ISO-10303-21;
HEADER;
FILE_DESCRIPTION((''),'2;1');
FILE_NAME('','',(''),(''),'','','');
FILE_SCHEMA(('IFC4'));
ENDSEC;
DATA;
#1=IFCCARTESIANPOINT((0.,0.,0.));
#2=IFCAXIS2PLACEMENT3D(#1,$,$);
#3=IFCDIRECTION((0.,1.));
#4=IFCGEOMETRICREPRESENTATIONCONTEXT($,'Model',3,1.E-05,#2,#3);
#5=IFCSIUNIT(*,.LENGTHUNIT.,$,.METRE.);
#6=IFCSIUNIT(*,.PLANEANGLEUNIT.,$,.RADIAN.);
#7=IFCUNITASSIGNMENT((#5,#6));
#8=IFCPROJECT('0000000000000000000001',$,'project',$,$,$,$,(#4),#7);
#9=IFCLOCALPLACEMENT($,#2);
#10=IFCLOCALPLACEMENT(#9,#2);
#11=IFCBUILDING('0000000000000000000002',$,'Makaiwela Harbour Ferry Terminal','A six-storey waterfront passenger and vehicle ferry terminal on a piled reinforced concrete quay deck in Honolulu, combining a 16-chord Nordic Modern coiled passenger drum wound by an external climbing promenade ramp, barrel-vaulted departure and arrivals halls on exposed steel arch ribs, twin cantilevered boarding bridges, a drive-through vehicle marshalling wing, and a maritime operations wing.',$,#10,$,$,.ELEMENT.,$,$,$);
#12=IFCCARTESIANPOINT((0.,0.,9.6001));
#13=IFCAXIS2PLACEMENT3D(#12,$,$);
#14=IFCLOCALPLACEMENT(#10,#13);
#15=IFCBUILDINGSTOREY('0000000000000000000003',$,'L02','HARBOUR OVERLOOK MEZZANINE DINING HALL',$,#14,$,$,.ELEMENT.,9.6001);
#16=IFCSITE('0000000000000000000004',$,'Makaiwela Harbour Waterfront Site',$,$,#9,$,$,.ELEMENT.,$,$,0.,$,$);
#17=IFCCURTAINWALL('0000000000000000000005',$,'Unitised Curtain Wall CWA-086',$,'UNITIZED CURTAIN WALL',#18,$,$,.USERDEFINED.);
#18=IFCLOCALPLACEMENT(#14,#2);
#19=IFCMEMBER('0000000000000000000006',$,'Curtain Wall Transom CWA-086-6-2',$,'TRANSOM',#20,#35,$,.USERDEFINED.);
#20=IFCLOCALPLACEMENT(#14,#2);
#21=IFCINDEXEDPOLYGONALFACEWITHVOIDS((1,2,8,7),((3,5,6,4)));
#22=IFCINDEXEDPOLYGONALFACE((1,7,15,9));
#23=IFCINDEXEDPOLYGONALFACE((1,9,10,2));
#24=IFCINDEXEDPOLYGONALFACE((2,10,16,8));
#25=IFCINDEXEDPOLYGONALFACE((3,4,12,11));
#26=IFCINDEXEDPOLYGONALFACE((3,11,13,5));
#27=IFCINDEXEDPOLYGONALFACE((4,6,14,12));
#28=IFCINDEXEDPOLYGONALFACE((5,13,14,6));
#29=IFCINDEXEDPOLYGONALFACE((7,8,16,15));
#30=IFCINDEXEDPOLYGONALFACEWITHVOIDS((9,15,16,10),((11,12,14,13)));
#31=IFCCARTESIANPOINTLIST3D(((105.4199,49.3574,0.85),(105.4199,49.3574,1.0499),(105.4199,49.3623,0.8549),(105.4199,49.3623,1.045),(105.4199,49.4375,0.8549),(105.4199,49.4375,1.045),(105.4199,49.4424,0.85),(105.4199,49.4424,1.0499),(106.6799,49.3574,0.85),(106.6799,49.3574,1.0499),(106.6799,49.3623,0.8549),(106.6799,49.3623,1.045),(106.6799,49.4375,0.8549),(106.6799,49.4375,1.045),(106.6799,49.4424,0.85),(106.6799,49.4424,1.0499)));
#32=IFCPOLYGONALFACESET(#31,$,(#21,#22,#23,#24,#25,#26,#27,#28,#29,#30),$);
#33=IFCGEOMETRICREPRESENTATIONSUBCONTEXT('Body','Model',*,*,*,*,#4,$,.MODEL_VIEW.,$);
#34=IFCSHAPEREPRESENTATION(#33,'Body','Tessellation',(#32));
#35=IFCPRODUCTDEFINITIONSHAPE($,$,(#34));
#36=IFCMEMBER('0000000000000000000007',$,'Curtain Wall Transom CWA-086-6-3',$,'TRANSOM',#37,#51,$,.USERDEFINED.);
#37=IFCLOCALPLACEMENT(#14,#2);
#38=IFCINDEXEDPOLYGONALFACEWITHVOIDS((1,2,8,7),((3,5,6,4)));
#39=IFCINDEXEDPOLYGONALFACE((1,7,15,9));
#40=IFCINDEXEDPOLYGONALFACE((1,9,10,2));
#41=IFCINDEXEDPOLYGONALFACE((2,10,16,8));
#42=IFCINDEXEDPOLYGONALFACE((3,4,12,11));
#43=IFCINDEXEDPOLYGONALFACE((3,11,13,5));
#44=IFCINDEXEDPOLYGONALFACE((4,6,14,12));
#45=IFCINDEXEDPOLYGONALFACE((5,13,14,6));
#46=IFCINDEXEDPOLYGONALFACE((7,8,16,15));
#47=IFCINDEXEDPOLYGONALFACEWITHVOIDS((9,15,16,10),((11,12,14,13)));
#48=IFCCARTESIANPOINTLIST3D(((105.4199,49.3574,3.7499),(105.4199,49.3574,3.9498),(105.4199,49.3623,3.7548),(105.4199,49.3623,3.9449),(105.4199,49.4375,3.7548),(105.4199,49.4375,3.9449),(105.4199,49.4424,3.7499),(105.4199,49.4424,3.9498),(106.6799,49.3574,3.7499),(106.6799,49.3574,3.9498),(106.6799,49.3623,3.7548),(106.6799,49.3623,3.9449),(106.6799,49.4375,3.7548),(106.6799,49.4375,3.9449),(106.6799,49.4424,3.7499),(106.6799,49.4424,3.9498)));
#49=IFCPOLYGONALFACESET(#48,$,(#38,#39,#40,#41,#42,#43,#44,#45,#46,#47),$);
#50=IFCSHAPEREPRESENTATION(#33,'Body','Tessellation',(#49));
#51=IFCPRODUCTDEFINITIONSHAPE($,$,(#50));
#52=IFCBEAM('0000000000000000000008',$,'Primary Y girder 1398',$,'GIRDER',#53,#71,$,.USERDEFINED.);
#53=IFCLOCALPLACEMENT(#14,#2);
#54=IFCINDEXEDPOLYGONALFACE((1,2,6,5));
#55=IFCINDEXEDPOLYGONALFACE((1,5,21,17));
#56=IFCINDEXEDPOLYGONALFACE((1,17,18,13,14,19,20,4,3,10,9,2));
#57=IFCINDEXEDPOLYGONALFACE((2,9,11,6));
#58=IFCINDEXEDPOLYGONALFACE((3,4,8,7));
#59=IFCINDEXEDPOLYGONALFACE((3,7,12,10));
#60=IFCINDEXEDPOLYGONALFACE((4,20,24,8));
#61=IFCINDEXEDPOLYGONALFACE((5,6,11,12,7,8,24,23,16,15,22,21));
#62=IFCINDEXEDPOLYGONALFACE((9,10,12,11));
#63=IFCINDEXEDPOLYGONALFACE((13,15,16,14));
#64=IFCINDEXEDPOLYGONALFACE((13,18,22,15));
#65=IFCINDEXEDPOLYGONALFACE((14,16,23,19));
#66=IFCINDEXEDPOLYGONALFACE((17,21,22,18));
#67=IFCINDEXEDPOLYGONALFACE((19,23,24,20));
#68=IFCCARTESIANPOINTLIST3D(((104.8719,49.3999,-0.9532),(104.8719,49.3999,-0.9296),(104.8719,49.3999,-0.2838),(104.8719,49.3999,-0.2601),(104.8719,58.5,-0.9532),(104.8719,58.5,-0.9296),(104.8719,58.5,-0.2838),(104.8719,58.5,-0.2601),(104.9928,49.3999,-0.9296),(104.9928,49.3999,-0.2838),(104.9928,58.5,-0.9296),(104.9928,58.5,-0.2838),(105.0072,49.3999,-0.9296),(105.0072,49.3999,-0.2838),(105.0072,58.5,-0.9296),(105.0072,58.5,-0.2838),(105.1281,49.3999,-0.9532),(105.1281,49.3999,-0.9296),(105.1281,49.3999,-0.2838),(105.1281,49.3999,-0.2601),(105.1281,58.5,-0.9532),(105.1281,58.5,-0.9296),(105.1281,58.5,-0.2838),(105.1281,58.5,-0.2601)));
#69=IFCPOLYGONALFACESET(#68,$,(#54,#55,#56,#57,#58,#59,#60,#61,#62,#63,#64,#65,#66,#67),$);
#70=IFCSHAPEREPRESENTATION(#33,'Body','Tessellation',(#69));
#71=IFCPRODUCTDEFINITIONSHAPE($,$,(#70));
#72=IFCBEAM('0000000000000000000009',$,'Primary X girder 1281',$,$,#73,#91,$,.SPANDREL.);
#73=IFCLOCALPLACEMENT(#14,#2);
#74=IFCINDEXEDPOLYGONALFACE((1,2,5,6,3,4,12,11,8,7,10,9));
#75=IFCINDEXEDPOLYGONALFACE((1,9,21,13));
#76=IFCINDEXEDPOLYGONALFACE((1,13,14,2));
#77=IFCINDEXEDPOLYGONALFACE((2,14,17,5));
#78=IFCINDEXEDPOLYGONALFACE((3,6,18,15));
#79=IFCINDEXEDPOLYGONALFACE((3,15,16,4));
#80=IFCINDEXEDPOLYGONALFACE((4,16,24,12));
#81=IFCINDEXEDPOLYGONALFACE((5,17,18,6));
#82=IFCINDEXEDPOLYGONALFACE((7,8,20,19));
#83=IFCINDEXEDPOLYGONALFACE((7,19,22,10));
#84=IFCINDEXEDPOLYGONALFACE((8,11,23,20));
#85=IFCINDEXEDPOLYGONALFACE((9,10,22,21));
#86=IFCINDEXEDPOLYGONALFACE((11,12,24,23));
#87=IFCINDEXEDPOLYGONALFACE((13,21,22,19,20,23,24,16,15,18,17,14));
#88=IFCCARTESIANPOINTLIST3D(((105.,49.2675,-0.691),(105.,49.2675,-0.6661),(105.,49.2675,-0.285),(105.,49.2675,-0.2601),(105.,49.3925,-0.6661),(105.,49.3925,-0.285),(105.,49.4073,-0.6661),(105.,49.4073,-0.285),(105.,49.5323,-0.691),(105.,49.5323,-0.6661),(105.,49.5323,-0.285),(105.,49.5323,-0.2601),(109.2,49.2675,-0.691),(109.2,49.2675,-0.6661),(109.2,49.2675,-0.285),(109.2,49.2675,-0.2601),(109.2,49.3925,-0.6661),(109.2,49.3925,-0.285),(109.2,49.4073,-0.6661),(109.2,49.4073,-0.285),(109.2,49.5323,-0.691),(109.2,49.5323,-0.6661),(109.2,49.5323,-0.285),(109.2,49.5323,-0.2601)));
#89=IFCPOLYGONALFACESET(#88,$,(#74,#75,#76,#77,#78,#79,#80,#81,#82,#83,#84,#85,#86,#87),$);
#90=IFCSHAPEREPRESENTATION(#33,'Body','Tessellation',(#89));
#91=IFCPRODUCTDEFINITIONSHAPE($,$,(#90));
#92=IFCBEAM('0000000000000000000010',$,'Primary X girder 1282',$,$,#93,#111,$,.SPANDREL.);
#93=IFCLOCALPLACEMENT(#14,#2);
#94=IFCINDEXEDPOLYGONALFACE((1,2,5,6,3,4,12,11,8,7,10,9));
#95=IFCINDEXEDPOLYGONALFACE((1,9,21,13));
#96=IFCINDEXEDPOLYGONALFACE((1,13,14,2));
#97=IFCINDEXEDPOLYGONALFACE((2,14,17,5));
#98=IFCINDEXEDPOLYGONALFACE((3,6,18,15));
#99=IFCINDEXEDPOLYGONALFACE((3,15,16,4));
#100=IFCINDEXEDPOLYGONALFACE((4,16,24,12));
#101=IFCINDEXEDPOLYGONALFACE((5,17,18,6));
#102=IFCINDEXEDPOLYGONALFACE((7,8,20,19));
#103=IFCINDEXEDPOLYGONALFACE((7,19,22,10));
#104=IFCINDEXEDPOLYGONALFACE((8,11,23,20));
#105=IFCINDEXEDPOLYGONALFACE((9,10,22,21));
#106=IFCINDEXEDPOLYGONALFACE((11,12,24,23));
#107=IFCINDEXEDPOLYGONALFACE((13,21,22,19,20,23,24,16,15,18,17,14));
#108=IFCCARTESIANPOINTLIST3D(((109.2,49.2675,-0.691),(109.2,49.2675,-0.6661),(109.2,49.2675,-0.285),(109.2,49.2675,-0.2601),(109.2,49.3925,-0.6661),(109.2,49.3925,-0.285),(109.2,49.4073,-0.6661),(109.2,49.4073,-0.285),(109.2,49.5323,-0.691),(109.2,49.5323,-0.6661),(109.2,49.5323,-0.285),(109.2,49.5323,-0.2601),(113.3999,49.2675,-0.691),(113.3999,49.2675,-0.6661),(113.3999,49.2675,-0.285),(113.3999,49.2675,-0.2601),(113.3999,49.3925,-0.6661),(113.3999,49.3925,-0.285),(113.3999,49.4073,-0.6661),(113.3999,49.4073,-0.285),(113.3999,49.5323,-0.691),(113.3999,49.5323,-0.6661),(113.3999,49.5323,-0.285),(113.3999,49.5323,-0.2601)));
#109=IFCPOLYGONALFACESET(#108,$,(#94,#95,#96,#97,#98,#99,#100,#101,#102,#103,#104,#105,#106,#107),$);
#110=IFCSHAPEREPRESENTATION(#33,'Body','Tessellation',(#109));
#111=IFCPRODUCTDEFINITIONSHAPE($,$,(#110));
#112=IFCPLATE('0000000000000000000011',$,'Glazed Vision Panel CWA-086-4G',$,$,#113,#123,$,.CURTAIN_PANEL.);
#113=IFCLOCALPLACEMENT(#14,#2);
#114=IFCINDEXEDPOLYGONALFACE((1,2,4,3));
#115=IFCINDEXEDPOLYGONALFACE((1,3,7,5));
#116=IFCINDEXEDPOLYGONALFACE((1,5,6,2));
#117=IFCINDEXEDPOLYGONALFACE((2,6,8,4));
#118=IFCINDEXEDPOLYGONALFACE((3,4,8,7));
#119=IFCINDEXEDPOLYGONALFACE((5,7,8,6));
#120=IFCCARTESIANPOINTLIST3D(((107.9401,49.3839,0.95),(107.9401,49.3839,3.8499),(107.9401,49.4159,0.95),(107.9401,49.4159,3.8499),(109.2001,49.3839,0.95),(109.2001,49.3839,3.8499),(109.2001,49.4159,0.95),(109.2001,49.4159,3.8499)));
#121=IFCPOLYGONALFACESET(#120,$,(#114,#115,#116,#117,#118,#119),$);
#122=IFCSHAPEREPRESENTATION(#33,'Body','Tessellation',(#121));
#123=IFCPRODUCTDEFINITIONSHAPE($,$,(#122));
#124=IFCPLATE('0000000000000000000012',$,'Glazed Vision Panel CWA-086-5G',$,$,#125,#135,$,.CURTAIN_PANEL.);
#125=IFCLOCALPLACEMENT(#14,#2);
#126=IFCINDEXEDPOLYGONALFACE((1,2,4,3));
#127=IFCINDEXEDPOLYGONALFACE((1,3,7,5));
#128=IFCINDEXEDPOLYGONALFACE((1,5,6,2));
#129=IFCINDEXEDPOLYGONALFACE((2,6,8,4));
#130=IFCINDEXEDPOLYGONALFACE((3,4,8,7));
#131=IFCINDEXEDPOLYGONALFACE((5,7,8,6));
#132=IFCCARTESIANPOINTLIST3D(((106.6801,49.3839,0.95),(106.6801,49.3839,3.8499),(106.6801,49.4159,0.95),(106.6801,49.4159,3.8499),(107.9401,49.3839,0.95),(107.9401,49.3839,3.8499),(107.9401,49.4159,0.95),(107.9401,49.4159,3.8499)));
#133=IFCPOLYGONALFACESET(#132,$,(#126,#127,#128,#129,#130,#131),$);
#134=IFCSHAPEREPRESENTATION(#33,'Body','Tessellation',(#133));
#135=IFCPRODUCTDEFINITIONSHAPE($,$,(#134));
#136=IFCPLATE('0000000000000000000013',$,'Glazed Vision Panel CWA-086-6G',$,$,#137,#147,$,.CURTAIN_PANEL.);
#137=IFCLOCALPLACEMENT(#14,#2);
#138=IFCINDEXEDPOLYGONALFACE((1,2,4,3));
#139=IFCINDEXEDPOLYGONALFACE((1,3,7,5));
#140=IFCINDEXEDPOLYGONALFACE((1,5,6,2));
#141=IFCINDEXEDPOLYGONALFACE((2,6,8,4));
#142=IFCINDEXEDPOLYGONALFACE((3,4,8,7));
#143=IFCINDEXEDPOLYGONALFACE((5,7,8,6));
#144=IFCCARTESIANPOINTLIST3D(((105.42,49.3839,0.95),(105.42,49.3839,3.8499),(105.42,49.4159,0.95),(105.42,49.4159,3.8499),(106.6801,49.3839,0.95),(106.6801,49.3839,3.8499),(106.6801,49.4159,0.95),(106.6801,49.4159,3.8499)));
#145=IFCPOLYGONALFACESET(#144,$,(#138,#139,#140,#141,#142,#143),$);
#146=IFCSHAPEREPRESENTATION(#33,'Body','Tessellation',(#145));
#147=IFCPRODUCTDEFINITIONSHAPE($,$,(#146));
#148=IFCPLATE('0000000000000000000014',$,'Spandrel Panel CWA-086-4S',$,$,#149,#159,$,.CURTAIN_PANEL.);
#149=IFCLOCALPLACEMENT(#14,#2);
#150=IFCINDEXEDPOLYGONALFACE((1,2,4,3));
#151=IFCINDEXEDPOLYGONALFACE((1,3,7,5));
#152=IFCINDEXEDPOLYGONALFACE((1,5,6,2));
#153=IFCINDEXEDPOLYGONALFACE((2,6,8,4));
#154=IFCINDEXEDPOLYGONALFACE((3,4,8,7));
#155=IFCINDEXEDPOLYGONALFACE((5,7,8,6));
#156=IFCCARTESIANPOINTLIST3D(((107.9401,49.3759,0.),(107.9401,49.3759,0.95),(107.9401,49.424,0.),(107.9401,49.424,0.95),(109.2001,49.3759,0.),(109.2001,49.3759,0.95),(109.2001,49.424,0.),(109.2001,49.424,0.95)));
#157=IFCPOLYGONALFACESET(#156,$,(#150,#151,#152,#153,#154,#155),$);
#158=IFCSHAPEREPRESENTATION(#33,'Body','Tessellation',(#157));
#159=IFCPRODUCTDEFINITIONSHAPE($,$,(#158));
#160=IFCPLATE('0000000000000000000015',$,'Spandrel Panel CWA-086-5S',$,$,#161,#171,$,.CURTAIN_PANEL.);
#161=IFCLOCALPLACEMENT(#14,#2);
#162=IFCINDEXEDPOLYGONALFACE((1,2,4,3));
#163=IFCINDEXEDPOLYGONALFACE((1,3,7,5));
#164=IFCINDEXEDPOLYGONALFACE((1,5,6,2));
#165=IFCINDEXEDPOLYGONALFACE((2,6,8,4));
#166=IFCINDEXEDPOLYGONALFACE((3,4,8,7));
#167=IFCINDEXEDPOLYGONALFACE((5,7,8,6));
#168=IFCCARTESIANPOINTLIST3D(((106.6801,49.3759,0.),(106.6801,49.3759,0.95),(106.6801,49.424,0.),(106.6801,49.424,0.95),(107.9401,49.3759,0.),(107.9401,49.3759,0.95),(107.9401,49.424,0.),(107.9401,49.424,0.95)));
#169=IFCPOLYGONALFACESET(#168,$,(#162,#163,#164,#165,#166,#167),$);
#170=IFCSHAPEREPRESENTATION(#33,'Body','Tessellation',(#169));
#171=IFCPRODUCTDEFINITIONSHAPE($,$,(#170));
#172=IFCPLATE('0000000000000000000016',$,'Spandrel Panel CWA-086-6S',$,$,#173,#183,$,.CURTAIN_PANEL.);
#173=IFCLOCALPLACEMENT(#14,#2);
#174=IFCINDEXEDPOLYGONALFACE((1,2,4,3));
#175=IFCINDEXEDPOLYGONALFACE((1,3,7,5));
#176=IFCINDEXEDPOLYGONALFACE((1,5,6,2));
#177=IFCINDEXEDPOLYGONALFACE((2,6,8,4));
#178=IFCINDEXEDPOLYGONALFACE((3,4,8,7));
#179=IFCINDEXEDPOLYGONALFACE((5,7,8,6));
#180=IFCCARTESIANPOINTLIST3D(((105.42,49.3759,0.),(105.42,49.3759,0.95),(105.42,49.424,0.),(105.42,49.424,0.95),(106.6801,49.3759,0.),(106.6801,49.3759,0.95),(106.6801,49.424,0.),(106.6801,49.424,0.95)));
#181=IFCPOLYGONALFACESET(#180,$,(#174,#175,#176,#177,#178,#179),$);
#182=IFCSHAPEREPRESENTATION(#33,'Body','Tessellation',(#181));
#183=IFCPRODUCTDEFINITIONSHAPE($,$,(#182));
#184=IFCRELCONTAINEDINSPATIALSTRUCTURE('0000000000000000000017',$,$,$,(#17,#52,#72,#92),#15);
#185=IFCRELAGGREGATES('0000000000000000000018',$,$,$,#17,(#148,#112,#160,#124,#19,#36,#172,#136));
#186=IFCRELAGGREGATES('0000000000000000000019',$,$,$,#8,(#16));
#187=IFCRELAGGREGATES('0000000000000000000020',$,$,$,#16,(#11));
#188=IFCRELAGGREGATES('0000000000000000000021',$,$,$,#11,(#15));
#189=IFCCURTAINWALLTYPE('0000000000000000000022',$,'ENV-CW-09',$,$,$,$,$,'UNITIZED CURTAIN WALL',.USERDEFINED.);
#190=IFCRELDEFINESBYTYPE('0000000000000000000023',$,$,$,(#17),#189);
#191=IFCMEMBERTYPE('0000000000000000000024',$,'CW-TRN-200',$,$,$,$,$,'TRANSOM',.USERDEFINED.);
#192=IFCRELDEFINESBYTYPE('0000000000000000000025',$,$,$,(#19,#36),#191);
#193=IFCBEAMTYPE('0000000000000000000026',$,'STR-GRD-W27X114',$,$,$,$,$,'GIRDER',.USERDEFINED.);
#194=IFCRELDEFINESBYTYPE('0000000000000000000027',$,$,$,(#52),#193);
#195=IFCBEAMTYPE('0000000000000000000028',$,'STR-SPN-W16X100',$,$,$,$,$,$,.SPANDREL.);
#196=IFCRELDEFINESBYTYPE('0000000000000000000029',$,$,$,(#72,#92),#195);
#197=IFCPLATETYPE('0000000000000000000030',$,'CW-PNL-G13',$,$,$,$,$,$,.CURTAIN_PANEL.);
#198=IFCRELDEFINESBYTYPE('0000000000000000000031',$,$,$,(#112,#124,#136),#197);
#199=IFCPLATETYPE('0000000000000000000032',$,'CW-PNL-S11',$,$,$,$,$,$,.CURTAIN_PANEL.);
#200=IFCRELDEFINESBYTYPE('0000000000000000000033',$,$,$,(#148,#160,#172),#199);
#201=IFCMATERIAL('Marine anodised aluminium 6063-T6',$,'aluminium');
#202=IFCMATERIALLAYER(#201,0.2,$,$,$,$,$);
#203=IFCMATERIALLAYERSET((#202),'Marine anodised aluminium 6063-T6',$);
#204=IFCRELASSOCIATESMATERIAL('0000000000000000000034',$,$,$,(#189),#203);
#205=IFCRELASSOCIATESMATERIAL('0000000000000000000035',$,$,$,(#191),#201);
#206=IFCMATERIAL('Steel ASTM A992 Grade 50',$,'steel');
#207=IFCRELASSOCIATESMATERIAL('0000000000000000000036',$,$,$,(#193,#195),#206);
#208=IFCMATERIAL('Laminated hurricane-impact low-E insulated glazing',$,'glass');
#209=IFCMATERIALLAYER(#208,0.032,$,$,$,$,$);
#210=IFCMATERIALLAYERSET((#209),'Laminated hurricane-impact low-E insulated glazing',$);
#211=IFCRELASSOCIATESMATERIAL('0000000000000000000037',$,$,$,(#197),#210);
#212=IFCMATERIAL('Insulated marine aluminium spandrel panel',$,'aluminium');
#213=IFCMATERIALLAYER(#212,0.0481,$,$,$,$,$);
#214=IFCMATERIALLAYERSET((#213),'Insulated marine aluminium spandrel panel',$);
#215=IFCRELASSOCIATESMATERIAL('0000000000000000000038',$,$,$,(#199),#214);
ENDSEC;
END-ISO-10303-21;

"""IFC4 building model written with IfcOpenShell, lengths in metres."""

from ifc_helpers import new_model, si_unit, direction, frame, origin, origin_2d, place, context, subcontext, project, spatial, rectangle, hollow_rectangle, i_section, extrude, material, layer, layer_set, material_profile, profile_set, type_object, element, aggregate, save


model = new_model("IFC4")

# Units and contexts
model_context = context("Model", 3, precision=1e-05, world=origin(), true_north=direction((0.0, 1.0)))
body_context = subcontext(model_context, "Body", "Model", "MODEL_VIEW")
ifc_project = project(units=[si_unit("LENGTHUNIT", "METRE"), si_unit("PLANEANGLEUNIT", "RADIAN")], contexts=[model_context])

# Site, building, storey
site_placement = place(None, origin())
site = spatial("IfcSite", under=ifc_project, at=site_placement, Name="Makaiwela Harbour Waterfront Site", CompositionType="ELEMENT", RefElevation=0.0)
building_placement = place(site_placement, origin())
building = spatial("IfcBuilding", under=site, at=building_placement, Name="Makaiwela Harbour Ferry Terminal", Description="A six-storey waterfront passenger and vehicle ferry terminal on a piled reinforced concrete quay deck in Honolulu, combining a 16-chord Nordic Modern coiled passenger drum wound by an external climbing promenade ramp, barrel-vaulted departure and arrivals halls on exposed steel arch ribs, twin cantilevered boarding bridges, a drive-through vehicle marshalling wing, and a maritime operations wing.", CompositionType="ELEMENT")
storey_placement = place(building_placement, frame((0.0, 0.0, 9.6001)))
storey = spatial("IfcBuildingStorey", under=building, at=storey_placement, Name="L02", Description="HARBOUR OVERLOOK MEZZANINE DINING HALL", CompositionType="ELEMENT", Elevation=9.6001)

# Shared definitions
ifc_material_1 = material(Name="Steel ASTM A992 Grade 50", Category="steel")

# Curtain wall, members
ifc_material_2 = material(Name="Marine anodised aluminium 6063-T6", Category="aluminium")
ifc_layer_1 = layer(ifc_material_2, 0.2)
ifc_layer_set_1 = layer_set([ifc_layer_1], Name="Marine anodised aluminium 6063-T6")
curtain_wall_type = type_object("IfcCurtainWallType", Name="ENV-CW-09", ElementType="UNITIZED CURTAIN WALL", PredefinedType="USERDEFINED", material=ifc_layer_set_1)
curtain_wall_placement = place(storey_placement, origin())
curtain_wall = element("IfcCurtainWall", 1, at=curtain_wall_placement, inside=storey, type_object=curtain_wall_type, Name="Unitised Curtain Wall CWA-086", ObjectType="UNITIZED CURTAIN WALL", PredefinedType="USERDEFINED")
ifc_material_profile_1 = material_profile(ifc_material_2, hollow_rectangle(XDim=0.085, YDim=0.2, WallThickness=0.0049, at=origin_2d()), Name="CWT-200X85")
ifc_profile_set_1 = profile_set([ifc_material_profile_1], Name="Marine anodised aluminium 6063-T6")
member_type_1 = type_object("IfcMemberType", Name="CW-TRN-200", ElementType="TRANSOM", PredefinedType="USERDEFINED", material=ifc_profile_set_1)
member_1_placement = place(storey_placement, frame((106.6799, 49.3999, 0.95), z_axis=(-1.0, 0.0, 0.0), x_axis=(0.0, -1.0, 0.0)))
member_1 = element("IfcMember", 2, at=member_1_placement, type_object=member_type_1, Name="Curtain Wall Transom CWA-086-6-2", ObjectType="TRANSOM", PredefinedType="USERDEFINED", context=body_context, shape_type="SweptSolid", body=[
    extrude(hollow_rectangle(XDim=0.085, YDim=0.2, WallThickness=0.0049, at=origin_2d()), origin(), (0.0, 0.0, 1.0), 1.26),
])
member_2_placement = place(storey_placement, frame((106.6799, 49.3999, 3.8499), z_axis=(-1.0, 0.0, 0.0), x_axis=(0.0, -1.0, 0.0)))
member_2 = element("IfcMember", 3, at=member_2_placement, type_object=member_type_1, Name="Curtain Wall Transom CWA-086-6-3", ObjectType="TRANSOM", PredefinedType="USERDEFINED", context=body_context, shape_type="SweptSolid", body=[
    extrude(hollow_rectangle(XDim=0.085, YDim=0.2, WallThickness=0.0049, at=origin_2d()), origin(), (0.0, 0.0, 1.0), 1.26),
])

# Beams
ifc_material_profile_2 = material_profile(ifc_material_1, i_section(OverallWidth=0.2561, OverallDepth=0.6931, WebThickness=0.0144, FlangeThickness=0.0237, at=origin_2d()), Name="W27X114")
ifc_profile_set_2 = profile_set([ifc_material_profile_2], Name="Steel ASTM A992 Grade 50")
beam_type_1 = type_object("IfcBeamType", Name="STR-GRD-W27X114", ElementType="GIRDER", PredefinedType="USERDEFINED", material=ifc_profile_set_2)
beam_placement = place(storey_placement, frame((105.0, 49.3999, -0.6067), z_axis=(0.0, 1.0, 0.0), x_axis=(-1.0, 0.0, 0.0)))
element("IfcBeam", 4, at=beam_placement, inside=storey, type_object=beam_type_1, Name="Primary Y girder 1398", ObjectType="GIRDER", PredefinedType="USERDEFINED", context=body_context, shape_type="SweptSolid", body=[
    extrude(i_section(OverallWidth=0.2561, OverallDepth=0.6931, WebThickness=0.0144, FlangeThickness=0.0237, at=origin_2d()), origin(), (0.0, 0.0, 1.0), 9.1001),
])
ifc_material_profile_3 = material_profile(ifc_material_1, i_section(OverallWidth=0.2649, OverallDepth=0.4309, WebThickness=0.0149, FlangeThickness=0.0249, at=origin_2d()), Name="W16X100")
ifc_profile_set_3 = profile_set([ifc_material_profile_3], Name="Steel ASTM A992 Grade 50")
beam_type_2 = type_object("IfcBeamType", Name="STR-SPN-W16X100", PredefinedType="SPANDREL", material=ifc_profile_set_3)
for number, where, z_axis, x_axis, name in (
    (5, (105.0, 49.3999, -0.4756), (1.0, 0.0, 0.0), (0.0, 1.0, 0.0), "Primary X girder 1281"),
    (6, (109.2, 49.3999, -0.4756), (1.0, 0.0, 0.0), (0.0, 1.0, 0.0), "Primary X girder 1282"),
):
    element("IfcBeam", number, at=place(storey_placement, frame(where, z_axis=z_axis, x_axis=x_axis)), inside=storey, type_object=beam_type_2, Name=name, PredefinedType="SPANDREL", context=body_context, shape_type="SweptSolid", body=[
        extrude(i_section(OverallWidth=0.2649, OverallDepth=0.4309, WebThickness=0.0149, FlangeThickness=0.0249, at=origin_2d()), origin(), (0.0, 0.0, 1.0), 4.2),
    ])

# Plates
ifc_material_3 = material(Name="Laminated hurricane-impact low-E insulated glazing", Category="glass")
ifc_layer_2 = layer(ifc_material_3, 0.032)
ifc_layer_set_2 = layer_set([ifc_layer_2], Name="Laminated hurricane-impact low-E insulated glazing")
plate_type_1 = type_object("IfcPlateType", Name="CW-PNL-G13", PredefinedType="CURTAIN_PANEL", material=ifc_layer_set_2)
plate_1_placement = place(storey_placement, frame((108.5701, 49.3999, 0.95), z_axis=(0.0, 0.0, 1.0), x_axis=(-1.0, 0.0, 0.0)))
plate_1 = element("IfcPlate", 7, at=plate_1_placement, type_object=plate_type_1, Name="Glazed Vision Panel CWA-086-4G", PredefinedType="CURTAIN_PANEL", context=body_context, shape_type="SweptSolid", body=[
    extrude(rectangle(XDim=1.26, YDim=0.032, at=origin_2d()), origin(), (0.0, 0.0, 1.0), 2.8999),
])
plate_2_placement = place(storey_placement, frame((107.3101, 49.3999, 0.95), z_axis=(0.0, 0.0, 1.0), x_axis=(-1.0, 0.0, 0.0)))
plate_2 = element("IfcPlate", 8, at=plate_2_placement, type_object=plate_type_1, Name="Glazed Vision Panel CWA-086-5G", PredefinedType="CURTAIN_PANEL", context=body_context, shape_type="SweptSolid", body=[
    extrude(rectangle(XDim=1.26, YDim=0.032, at=origin_2d()), origin(), (0.0, 0.0, 1.0), 2.8999),
])
plate_3_placement = place(storey_placement, frame((106.05, 49.3999, 0.95), z_axis=(0.0, 0.0, 1.0), x_axis=(-1.0, 0.0, 0.0)))
plate_3 = element("IfcPlate", 9, at=plate_3_placement, type_object=plate_type_1, Name="Glazed Vision Panel CWA-086-6G", PredefinedType="CURTAIN_PANEL", context=body_context, shape_type="SweptSolid", body=[
    extrude(rectangle(XDim=1.26, YDim=0.032, at=origin_2d()), origin(), (0.0, 0.0, 1.0), 2.8999),
])
ifc_material_4 = material(Name="Insulated marine aluminium spandrel panel", Category="aluminium")
ifc_layer_3 = layer(ifc_material_4, 0.0481)
ifc_layer_set_3 = layer_set([ifc_layer_3], Name="Insulated marine aluminium spandrel panel")
plate_type_2 = type_object("IfcPlateType", Name="CW-PNL-S11", PredefinedType="CURTAIN_PANEL", material=ifc_layer_set_3)
plate_4_placement = place(storey_placement, frame((108.5701, 49.3999, 0.0), z_axis=(0.0, 0.0, 1.0), x_axis=(-1.0, 0.0, 0.0)))
plate_4 = element("IfcPlate", 10, at=plate_4_placement, type_object=plate_type_2, Name="Spandrel Panel CWA-086-4S", PredefinedType="CURTAIN_PANEL", context=body_context, shape_type="SweptSolid", body=[
    extrude(rectangle(XDim=1.26, YDim=0.0481, at=origin_2d()), origin(), (0.0, 0.0, 1.0), 0.95),
])
plate_5_placement = place(storey_placement, frame((107.3101, 49.3999, 0.0), z_axis=(0.0, 0.0, 1.0), x_axis=(-1.0, 0.0, 0.0)))
plate_5 = element("IfcPlate", 11, at=plate_5_placement, type_object=plate_type_2, Name="Spandrel Panel CWA-086-5S", PredefinedType="CURTAIN_PANEL", context=body_context, shape_type="SweptSolid", body=[
    extrude(rectangle(XDim=1.26, YDim=0.0481, at=origin_2d()), origin(), (0.0, 0.0, 1.0), 0.95),
])
plate_6_placement = place(storey_placement, frame((106.05, 49.3999, 0.0), z_axis=(0.0, 0.0, 1.0), x_axis=(-1.0, 0.0, 0.0)))
plate_6 = element("IfcPlate", 12, at=plate_6_placement, type_object=plate_type_2, Name="Spandrel Panel CWA-086-6S", PredefinedType="CURTAIN_PANEL", context=body_context, shape_type="SweptSolid", body=[
    extrude(rectangle(XDim=1.26, YDim=0.0481, at=origin_2d()), origin(), (0.0, 0.0, 1.0), 0.95),
])
aggregate(curtain_wall, [plate_4, plate_1, plate_5, plate_2, member_1, member_2, plate_6, plate_3])

save(model, "model.ifc")
